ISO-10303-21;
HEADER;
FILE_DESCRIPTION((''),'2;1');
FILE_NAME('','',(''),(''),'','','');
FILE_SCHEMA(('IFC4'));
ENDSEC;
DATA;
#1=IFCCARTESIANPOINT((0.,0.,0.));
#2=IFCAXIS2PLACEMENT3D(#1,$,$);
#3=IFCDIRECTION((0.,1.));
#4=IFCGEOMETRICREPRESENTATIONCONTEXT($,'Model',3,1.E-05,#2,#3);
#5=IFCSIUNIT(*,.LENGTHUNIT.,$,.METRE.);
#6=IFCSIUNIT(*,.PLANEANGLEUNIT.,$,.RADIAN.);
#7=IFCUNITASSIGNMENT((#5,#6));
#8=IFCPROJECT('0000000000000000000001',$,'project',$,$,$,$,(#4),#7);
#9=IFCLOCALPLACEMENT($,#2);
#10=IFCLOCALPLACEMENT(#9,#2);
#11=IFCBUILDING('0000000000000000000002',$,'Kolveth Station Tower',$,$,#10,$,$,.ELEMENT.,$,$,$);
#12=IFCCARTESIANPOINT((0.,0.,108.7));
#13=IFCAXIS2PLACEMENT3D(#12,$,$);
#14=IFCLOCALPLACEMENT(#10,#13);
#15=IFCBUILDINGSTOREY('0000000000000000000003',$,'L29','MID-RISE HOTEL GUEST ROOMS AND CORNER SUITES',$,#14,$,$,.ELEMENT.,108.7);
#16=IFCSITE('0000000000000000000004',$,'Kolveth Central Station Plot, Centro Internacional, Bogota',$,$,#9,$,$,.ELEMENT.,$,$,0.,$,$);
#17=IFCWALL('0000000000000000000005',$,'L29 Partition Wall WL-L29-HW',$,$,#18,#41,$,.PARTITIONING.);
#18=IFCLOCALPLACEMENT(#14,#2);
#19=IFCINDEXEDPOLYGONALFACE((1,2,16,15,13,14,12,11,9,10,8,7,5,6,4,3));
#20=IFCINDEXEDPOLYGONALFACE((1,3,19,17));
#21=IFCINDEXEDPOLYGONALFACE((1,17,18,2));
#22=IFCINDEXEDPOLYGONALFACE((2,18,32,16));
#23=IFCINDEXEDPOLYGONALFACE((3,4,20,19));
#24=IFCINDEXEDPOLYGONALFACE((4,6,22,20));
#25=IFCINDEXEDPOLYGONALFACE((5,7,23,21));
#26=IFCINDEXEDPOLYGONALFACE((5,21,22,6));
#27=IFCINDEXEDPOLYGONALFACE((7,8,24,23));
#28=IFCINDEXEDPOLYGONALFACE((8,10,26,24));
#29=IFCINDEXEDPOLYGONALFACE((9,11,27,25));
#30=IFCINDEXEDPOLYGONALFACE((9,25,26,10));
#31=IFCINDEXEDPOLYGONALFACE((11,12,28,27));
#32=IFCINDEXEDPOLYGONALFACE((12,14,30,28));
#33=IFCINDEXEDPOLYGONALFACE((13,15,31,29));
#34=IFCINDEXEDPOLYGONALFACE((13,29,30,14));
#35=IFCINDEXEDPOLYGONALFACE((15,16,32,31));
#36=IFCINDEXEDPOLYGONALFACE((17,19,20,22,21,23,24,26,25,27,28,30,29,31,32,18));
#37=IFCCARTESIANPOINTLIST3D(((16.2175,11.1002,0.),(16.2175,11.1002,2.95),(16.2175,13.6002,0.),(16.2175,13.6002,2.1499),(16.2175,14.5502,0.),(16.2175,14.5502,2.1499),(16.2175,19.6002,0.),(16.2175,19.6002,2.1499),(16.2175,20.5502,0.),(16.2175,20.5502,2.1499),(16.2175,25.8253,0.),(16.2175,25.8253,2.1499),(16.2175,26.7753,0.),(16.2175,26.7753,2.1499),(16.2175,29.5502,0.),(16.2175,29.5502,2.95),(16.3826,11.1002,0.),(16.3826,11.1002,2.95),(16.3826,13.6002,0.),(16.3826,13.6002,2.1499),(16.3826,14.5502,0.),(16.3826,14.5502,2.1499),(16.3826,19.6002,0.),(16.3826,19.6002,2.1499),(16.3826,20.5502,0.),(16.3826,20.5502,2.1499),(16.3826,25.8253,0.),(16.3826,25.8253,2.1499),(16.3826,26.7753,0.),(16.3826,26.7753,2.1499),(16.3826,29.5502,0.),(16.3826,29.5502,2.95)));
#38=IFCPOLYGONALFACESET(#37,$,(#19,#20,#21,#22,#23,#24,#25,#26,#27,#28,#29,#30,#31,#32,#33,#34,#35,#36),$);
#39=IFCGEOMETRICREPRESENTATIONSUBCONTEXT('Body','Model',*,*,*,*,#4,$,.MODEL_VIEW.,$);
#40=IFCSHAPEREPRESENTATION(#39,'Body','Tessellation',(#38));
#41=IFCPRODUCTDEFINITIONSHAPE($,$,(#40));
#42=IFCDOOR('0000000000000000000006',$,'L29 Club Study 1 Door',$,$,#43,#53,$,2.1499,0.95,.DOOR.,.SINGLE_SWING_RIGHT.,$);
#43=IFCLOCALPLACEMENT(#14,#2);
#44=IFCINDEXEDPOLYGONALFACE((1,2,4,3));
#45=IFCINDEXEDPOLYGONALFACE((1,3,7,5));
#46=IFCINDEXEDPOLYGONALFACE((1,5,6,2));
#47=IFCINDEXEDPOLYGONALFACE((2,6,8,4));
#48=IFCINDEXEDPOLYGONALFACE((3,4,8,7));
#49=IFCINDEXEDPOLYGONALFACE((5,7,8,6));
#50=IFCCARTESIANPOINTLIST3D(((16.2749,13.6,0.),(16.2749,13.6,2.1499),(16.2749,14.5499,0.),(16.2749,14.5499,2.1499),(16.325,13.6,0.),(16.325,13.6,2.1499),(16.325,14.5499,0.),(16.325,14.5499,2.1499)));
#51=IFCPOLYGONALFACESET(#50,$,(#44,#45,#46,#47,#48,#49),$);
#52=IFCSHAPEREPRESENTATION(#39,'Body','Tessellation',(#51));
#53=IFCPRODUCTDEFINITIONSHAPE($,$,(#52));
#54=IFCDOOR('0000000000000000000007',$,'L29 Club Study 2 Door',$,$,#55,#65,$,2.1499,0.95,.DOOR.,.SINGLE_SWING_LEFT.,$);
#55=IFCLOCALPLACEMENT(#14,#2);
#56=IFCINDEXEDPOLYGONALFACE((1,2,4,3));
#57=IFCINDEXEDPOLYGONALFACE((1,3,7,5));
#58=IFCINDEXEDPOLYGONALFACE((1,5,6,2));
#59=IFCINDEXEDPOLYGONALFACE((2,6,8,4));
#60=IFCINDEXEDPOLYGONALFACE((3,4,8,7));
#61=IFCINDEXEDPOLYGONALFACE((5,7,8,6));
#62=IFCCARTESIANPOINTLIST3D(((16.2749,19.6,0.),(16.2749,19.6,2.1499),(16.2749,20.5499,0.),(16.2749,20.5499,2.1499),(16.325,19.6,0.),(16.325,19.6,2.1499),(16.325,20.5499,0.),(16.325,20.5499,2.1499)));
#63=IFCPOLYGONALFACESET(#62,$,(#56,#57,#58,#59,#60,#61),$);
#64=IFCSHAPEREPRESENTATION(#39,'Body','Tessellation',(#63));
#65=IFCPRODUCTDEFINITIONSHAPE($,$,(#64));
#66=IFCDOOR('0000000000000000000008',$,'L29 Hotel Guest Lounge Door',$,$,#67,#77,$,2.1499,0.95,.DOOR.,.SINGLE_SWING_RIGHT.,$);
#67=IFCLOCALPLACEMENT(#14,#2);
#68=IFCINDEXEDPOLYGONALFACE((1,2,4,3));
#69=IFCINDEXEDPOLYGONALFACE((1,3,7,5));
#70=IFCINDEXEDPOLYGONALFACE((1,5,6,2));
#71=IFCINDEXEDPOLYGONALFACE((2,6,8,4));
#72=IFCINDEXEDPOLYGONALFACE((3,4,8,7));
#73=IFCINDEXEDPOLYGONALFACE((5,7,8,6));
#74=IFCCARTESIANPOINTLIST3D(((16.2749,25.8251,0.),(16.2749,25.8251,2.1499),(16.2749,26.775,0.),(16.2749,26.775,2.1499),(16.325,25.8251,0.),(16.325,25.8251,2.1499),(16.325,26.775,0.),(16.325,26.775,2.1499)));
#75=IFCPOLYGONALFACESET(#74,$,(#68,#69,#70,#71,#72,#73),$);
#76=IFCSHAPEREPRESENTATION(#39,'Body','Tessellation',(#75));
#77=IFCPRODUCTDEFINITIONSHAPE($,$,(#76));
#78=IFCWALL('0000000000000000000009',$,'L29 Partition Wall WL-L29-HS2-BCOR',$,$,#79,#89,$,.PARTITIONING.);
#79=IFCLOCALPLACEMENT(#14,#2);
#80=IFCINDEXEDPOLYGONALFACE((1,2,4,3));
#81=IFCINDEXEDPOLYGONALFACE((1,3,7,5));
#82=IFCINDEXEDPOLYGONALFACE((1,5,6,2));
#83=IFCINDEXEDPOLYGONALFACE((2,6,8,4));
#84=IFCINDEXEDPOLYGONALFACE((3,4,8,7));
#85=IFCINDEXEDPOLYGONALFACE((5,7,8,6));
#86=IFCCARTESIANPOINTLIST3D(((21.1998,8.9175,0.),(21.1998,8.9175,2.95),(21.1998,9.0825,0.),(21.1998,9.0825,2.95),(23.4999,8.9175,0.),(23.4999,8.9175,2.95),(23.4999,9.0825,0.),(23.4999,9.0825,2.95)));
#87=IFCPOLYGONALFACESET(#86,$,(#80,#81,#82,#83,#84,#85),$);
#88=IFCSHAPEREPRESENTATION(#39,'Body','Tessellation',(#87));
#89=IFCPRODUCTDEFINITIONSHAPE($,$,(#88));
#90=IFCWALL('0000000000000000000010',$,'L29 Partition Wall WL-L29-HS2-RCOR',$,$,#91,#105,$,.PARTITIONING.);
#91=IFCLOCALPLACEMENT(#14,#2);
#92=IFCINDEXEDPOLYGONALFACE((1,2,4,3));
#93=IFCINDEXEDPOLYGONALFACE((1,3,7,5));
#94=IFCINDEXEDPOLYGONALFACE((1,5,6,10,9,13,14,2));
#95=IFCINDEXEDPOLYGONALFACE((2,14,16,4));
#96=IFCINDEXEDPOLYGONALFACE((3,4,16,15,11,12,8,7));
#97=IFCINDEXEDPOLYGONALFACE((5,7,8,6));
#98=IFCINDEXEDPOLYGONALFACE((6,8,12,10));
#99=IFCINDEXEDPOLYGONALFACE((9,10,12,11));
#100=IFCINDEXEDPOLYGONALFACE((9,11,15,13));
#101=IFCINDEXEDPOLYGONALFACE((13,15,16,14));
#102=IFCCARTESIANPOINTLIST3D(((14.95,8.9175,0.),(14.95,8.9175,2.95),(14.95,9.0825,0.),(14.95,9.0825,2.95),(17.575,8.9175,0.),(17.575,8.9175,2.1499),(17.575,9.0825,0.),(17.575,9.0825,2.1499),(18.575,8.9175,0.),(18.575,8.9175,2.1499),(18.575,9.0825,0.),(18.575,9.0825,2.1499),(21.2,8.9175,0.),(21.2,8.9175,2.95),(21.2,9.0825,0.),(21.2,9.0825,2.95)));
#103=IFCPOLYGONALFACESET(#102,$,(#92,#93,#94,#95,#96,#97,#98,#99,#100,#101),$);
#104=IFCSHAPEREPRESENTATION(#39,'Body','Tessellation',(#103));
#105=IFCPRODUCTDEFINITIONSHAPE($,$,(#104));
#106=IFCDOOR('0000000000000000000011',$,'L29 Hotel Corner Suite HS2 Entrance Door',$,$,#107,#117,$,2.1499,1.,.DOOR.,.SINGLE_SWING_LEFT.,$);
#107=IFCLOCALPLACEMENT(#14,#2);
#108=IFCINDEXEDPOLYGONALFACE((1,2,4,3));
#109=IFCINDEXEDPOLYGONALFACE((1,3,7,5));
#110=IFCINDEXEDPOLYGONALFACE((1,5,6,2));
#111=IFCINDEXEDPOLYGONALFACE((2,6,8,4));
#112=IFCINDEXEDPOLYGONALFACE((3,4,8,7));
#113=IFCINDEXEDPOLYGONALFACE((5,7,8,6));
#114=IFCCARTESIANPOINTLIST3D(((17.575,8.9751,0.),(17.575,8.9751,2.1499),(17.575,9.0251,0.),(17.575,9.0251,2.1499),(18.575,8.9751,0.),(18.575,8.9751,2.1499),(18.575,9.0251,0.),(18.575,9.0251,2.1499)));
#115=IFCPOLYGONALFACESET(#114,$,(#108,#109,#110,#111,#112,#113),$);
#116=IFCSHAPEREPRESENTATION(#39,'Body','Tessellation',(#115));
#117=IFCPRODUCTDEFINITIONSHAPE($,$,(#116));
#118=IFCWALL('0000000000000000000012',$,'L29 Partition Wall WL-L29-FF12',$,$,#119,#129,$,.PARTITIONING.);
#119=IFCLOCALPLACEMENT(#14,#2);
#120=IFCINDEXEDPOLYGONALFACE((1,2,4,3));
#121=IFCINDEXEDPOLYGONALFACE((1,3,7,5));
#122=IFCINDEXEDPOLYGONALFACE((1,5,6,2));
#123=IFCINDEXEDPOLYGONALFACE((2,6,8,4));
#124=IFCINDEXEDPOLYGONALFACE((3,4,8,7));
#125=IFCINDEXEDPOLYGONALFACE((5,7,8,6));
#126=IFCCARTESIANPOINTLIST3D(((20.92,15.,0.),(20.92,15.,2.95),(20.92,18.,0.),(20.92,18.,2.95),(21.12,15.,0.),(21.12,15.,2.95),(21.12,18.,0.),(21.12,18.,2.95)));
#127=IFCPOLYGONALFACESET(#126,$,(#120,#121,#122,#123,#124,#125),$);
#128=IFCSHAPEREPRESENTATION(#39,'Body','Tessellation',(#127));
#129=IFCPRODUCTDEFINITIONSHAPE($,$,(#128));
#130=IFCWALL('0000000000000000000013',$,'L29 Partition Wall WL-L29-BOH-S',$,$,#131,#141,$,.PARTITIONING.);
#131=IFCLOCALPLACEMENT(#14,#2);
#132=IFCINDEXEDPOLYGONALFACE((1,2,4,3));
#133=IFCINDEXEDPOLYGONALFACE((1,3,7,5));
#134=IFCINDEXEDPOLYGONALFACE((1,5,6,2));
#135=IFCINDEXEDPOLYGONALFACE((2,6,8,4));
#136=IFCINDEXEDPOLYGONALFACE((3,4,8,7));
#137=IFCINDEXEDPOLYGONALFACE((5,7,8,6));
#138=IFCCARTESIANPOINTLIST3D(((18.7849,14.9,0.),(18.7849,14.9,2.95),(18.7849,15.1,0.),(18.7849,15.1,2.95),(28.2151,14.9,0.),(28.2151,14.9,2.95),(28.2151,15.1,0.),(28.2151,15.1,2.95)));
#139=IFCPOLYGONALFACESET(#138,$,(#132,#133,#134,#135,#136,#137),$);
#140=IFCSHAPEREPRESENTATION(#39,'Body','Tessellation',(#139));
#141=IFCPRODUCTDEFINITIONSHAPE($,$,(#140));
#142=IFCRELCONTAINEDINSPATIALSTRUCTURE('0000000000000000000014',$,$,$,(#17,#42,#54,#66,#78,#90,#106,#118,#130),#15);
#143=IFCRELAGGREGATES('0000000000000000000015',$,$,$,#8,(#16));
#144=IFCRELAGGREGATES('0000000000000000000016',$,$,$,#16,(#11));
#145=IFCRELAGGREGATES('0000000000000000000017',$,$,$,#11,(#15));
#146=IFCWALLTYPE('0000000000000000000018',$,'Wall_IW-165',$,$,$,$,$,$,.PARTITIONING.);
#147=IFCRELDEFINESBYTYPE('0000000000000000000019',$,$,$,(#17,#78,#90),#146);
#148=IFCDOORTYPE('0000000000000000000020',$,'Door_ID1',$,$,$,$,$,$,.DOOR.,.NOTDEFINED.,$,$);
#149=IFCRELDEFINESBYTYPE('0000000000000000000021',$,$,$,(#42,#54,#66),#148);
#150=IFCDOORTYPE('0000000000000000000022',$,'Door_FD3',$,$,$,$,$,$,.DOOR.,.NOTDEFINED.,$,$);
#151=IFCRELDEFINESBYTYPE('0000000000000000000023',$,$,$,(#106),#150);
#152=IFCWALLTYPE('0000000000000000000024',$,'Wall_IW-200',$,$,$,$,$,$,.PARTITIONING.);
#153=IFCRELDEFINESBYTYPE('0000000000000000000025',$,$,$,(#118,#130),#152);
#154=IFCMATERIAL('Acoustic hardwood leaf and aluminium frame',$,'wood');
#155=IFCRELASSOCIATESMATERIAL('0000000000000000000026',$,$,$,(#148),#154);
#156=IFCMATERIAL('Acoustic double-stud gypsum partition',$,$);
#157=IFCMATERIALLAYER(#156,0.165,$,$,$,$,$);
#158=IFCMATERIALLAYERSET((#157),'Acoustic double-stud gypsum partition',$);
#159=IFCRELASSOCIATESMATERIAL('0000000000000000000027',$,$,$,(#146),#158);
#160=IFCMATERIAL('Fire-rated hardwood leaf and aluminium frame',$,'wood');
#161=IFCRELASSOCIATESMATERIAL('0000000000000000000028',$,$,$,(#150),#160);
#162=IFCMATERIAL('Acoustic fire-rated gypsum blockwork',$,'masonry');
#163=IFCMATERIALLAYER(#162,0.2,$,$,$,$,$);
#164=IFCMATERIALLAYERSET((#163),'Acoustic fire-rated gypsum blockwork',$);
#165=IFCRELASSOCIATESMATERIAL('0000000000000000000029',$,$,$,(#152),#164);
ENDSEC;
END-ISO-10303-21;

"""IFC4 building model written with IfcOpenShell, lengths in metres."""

from ifc_helpers import new_model, si_unit, direction, frame, frame_2d, origin, place, context, subcontext, project, spatial, rectangle, extrude, material, layer, layer_set, type_object, element, fill, save


model = new_model("IFC4")

# Units and contexts
model_context = context("Model", 3, precision=1e-05, world=origin(), true_north=direction((0.0, 1.0)))
body_context = subcontext(model_context, "Body", "Model", "MODEL_VIEW")
ifc_project = project(units=[si_unit("LENGTHUNIT", "METRE"), si_unit("PLANEANGLEUNIT", "RADIAN")], contexts=[model_context])

# Site, building, storey
site_placement = place(None, origin())
site = spatial("IfcSite", under=ifc_project, at=site_placement, Name="Kolveth Central Station Plot, Centro Internacional, Bogota", CompositionType="ELEMENT", RefElevation=0.0)
building_placement = place(site_placement, origin())
building = spatial("IfcBuilding", under=site, at=building_placement, Name="Kolveth Station Tower", CompositionType="ELEMENT")
storey_placement = place(building_placement, frame((0.0, 0.0, 108.7)))
storey = spatial("IfcBuildingStorey", under=building, at=storey_placement, Name="L29", Description="MID-RISE HOTEL GUEST ROOMS AND CORNER SUITES", CompositionType="ELEMENT", Elevation=108.7)

# Shared definitions
ifc_material_1 = material(Name="Acoustic hardwood leaf and aluminium frame", Category="wood")
door_type_1 = type_object("IfcDoorType", Name="Door_ID1", OperationType="NOTDEFINED", PredefinedType="DOOR", material=ifc_material_1)

# Wall, openings, doors
ifc_material_2 = material(Name="Acoustic double-stud gypsum partition")
ifc_layer_1 = layer(ifc_material_2, 0.165)
ifc_layer_set_1 = layer_set([ifc_layer_1], Name="Acoustic double-stud gypsum partition")
wall_type_1 = type_object("IfcWallType", Name="Wall_IW-165", PredefinedType="PARTITIONING", material=ifc_layer_set_1)
wall_1_placement = place(storey_placement, frame((16.3, 11.1001, 0.0), z_axis=(0.0, 0.0, 1.0), x_axis=(0.0, 1.0, 0.0)))
wall_1 = element("IfcWall", 1, at=wall_1_placement, inside=storey, type_object=wall_type_1, Name="L29 Partition Wall WL-L29-HW", PredefinedType="PARTITIONING", context=body_context, shape_type="SweptSolid", body=[
    extrude(rectangle(XDim=18.45, YDim=0.165, at=frame_2d((9.2251, 0.0))), origin(), (0.0, 0.0, 1.0), 2.95),
])
opening_1_placement = place(wall_1_placement, frame((2.5, 0.0, 0.0)))
opening_1 = element("IfcOpeningElement", 2, at=opening_1_placement, cuts=wall_1, PredefinedType="OPENING", context=body_context, shape_type="SweptSolid", body=[
    extrude(rectangle(XDim=0.95, YDim=2.1499, at=frame_2d((0.4751, 1.075))), frame((0.0, 0.0925, 0.0), z_axis=(0.0, -1.0, 0.0), x_axis=(1.0, 0.0, 0.0)), (0.0, 0.0, 1.0), 0.1851),
])
opening_2_placement = place(wall_1_placement, frame((8.5, 0.0, 0.0)))
opening_2 = element("IfcOpeningElement", 3, at=opening_2_placement, cuts=wall_1, PredefinedType="OPENING", context=body_context, shape_type="SweptSolid", body=[
    extrude(rectangle(XDim=0.95, YDim=2.1499, at=frame_2d((0.4751, 1.075))), frame((0.0, 0.0925, 0.0), z_axis=(0.0, -1.0, 0.0), x_axis=(1.0, 0.0, 0.0)), (0.0, 0.0, 1.0), 0.1851),
])
opening_3_placement = place(wall_1_placement, frame((14.7251, 0.0, 0.0)))
opening_3 = element("IfcOpeningElement", 4, at=opening_3_placement, cuts=wall_1, PredefinedType="OPENING", context=body_context, shape_type="SweptSolid", body=[
    extrude(rectangle(XDim=0.95, YDim=2.1499, at=frame_2d((0.4751, 1.075))), frame((0.0, 0.0925, 0.0), z_axis=(0.0, -1.0, 0.0), x_axis=(1.0, 0.0, 0.0)), (0.0, 0.0, 1.0), 0.1851),
])
door_1_placement = place(opening_1_placement, frame((0.95, 0.0, 0.0), z_axis=(0.0, 0.0, 1.0), x_axis=(-1.0, 0.0, 0.0)))
door_1 = element("IfcDoor", 5, at=door_1_placement, inside=storey, type_object=door_type_1, Name="L29 Club Study 1 Door", OperationType="SINGLE_SWING_RIGHT", OverallHeight=2.1499, OverallWidth=0.95, PredefinedType="DOOR", context=body_context, shape_type="SweptSolid", body=[
    extrude(rectangle(XDim=0.95, YDim=2.1499, at=frame_2d((0.4751, 1.075))), frame((0.0, 0.0249, 0.0), z_axis=(0.0, -1.0, 0.0), x_axis=(1.0, 0.0, 0.0)), (0.0, 0.0, 1.0), 0.05),
])
fill(opening_1, door_1)
door_2_placement = place(opening_2_placement, frame((0.95, 0.0, 0.0), z_axis=(0.0, 0.0, 1.0), x_axis=(-1.0, 0.0, 0.0)))
door_2 = element("IfcDoor", 6, at=door_2_placement, inside=storey, type_object=door_type_1, Name="L29 Club Study 2 Door", OperationType="SINGLE_SWING_LEFT", OverallHeight=2.1499, OverallWidth=0.95, PredefinedType="DOOR", context=body_context, shape_type="SweptSolid", body=[
    extrude(rectangle(XDim=0.95, YDim=2.1499, at=frame_2d((0.4751, 1.075))), frame((0.0, 0.0249, 0.0), z_axis=(0.0, -1.0, 0.0), x_axis=(1.0, 0.0, 0.0)), (0.0, 0.0, 1.0), 0.05),
])
fill(opening_2, door_2)
door_3_placement = place(opening_3_placement, frame((0.95, 0.0, 0.0), z_axis=(0.0, 0.0, 1.0), x_axis=(-1.0, 0.0, 0.0)))
door_3 = element("IfcDoor", 7, at=door_3_placement, inside=storey, type_object=door_type_1, Name="L29 Hotel Guest Lounge Door", OperationType="SINGLE_SWING_RIGHT", OverallHeight=2.1499, OverallWidth=0.95, PredefinedType="DOOR", context=body_context, shape_type="SweptSolid", body=[
    extrude(rectangle(XDim=0.95, YDim=2.1499, at=frame_2d((0.4751, 1.075))), frame((0.0, 0.0249, 0.0), z_axis=(0.0, -1.0, 0.0), x_axis=(1.0, 0.0, 0.0)), (0.0, 0.0, 1.0), 0.05),
])
fill(opening_3, door_3)

# Wall
wall_2_placement = place(storey_placement, frame((21.2, 9.0, 0.0), z_axis=(0.0, 0.0, 1.0), x_axis=(1.0, 0.0, 0.0)))
element("IfcWall", 8, at=wall_2_placement, inside=storey, type_object=wall_type_1, Name="L29 Partition Wall WL-L29-HS2-BCOR", PredefinedType="PARTITIONING", context=body_context, shape_type="SweptSolid", body=[
    extrude(rectangle(XDim=2.3, YDim=0.165, at=frame_2d((1.1499, 0.0))), origin(), (0.0, 0.0, 1.0), 2.95),
])

# Wall, opening, door
wall_3_placement = place(storey_placement, frame((14.95, 9.0, 0.0), z_axis=(0.0, 0.0, 1.0), x_axis=(1.0, 0.0, 0.0)))
wall_3 = element("IfcWall", 9, at=wall_3_placement, inside=storey, type_object=wall_type_1, Name="L29 Partition Wall WL-L29-HS2-RCOR", PredefinedType="PARTITIONING", context=body_context, shape_type="SweptSolid", body=[
    extrude(rectangle(XDim=6.25, YDim=0.165, at=frame_2d((3.125, 0.0))), origin(), (0.0, 0.0, 1.0), 2.95),
])
opening_4_placement = place(wall_3_placement, frame((2.625, 0.0, 0.0)))
opening_4 = element("IfcOpeningElement", 10, at=opening_4_placement, cuts=wall_3, PredefinedType="OPENING", context=body_context, shape_type="SweptSolid", body=[
    extrude(rectangle(XDim=1.0, YDim=2.1499, at=frame_2d((0.5, 1.075))), frame((0.0, 0.0925, 0.0), z_axis=(0.0, -1.0, 0.0), x_axis=(1.0, 0.0, 0.0)), (0.0, 0.0, 1.0), 0.1851),
])
ifc_material_3 = material(Name="Fire-rated hardwood leaf and aluminium frame", Category="wood")
door_type_2 = type_object("IfcDoorType", Name="Door_FD3", OperationType="NOTDEFINED", PredefinedType="DOOR", material=ifc_material_3)
door_4_placement = place(opening_4_placement, frame((1.0, 0.0, 0.0), z_axis=(0.0, 0.0, 1.0), x_axis=(-1.0, 0.0, 0.0)))
door_4 = element("IfcDoor", 11, at=door_4_placement, inside=storey, type_object=door_type_2, Name="L29 Hotel Corner Suite HS2 Entrance Door", OperationType="SINGLE_SWING_LEFT", OverallHeight=2.1499, OverallWidth=1.0, PredefinedType="DOOR", context=body_context, shape_type="SweptSolid", body=[
    extrude(rectangle(XDim=1.0, YDim=2.1499, at=frame_2d((0.5, 1.075))), frame((0.0, 0.0249, 0.0), z_axis=(0.0, -1.0, 0.0), x_axis=(1.0, 0.0, 0.0)), (0.0, 0.0, 1.0), 0.05),
])
fill(opening_4, door_4)

# Walls
ifc_material_4 = material(Name="Acoustic fire-rated gypsum blockwork", Category="masonry")
ifc_layer_2 = layer(ifc_material_4, 0.2)
ifc_layer_set_2 = layer_set([ifc_layer_2], Name="Acoustic fire-rated gypsum blockwork")
wall_type_2 = type_object("IfcWallType", Name="Wall_IW-200", PredefinedType="PARTITIONING", material=ifc_layer_set_2)
wall_4_placement = place(storey_placement, frame((21.02, 15.0, 0.0), z_axis=(0.0, 0.0, 1.0), x_axis=(0.0, 1.0, 0.0)))
element("IfcWall", 12, at=wall_4_placement, inside=storey, type_object=wall_type_2, Name="L29 Partition Wall WL-L29-FF12", PredefinedType="PARTITIONING", context=body_context, shape_type="SweptSolid", body=[
    extrude(rectangle(XDim=3.0, YDim=0.2, at=frame_2d((1.5, 0.0))), origin(), (0.0, 0.0, 1.0), 2.95),
])
wall_5_placement = place(storey_placement, frame((18.7849, 15.0, 0.0), z_axis=(0.0, 0.0, 1.0), x_axis=(1.0, 0.0, 0.0)))
element("IfcWall", 13, at=wall_5_placement, inside=storey, type_object=wall_type_2, Name="L29 Partition Wall WL-L29-BOH-S", PredefinedType="PARTITIONING", context=body_context, shape_type="SweptSolid", body=[
    extrude(rectangle(XDim=9.4302, YDim=0.2, at=frame_2d((4.7151, 0.0))), origin(), (0.0, 0.0, 1.0), 2.95),
])

save(model, "model.ifc")
